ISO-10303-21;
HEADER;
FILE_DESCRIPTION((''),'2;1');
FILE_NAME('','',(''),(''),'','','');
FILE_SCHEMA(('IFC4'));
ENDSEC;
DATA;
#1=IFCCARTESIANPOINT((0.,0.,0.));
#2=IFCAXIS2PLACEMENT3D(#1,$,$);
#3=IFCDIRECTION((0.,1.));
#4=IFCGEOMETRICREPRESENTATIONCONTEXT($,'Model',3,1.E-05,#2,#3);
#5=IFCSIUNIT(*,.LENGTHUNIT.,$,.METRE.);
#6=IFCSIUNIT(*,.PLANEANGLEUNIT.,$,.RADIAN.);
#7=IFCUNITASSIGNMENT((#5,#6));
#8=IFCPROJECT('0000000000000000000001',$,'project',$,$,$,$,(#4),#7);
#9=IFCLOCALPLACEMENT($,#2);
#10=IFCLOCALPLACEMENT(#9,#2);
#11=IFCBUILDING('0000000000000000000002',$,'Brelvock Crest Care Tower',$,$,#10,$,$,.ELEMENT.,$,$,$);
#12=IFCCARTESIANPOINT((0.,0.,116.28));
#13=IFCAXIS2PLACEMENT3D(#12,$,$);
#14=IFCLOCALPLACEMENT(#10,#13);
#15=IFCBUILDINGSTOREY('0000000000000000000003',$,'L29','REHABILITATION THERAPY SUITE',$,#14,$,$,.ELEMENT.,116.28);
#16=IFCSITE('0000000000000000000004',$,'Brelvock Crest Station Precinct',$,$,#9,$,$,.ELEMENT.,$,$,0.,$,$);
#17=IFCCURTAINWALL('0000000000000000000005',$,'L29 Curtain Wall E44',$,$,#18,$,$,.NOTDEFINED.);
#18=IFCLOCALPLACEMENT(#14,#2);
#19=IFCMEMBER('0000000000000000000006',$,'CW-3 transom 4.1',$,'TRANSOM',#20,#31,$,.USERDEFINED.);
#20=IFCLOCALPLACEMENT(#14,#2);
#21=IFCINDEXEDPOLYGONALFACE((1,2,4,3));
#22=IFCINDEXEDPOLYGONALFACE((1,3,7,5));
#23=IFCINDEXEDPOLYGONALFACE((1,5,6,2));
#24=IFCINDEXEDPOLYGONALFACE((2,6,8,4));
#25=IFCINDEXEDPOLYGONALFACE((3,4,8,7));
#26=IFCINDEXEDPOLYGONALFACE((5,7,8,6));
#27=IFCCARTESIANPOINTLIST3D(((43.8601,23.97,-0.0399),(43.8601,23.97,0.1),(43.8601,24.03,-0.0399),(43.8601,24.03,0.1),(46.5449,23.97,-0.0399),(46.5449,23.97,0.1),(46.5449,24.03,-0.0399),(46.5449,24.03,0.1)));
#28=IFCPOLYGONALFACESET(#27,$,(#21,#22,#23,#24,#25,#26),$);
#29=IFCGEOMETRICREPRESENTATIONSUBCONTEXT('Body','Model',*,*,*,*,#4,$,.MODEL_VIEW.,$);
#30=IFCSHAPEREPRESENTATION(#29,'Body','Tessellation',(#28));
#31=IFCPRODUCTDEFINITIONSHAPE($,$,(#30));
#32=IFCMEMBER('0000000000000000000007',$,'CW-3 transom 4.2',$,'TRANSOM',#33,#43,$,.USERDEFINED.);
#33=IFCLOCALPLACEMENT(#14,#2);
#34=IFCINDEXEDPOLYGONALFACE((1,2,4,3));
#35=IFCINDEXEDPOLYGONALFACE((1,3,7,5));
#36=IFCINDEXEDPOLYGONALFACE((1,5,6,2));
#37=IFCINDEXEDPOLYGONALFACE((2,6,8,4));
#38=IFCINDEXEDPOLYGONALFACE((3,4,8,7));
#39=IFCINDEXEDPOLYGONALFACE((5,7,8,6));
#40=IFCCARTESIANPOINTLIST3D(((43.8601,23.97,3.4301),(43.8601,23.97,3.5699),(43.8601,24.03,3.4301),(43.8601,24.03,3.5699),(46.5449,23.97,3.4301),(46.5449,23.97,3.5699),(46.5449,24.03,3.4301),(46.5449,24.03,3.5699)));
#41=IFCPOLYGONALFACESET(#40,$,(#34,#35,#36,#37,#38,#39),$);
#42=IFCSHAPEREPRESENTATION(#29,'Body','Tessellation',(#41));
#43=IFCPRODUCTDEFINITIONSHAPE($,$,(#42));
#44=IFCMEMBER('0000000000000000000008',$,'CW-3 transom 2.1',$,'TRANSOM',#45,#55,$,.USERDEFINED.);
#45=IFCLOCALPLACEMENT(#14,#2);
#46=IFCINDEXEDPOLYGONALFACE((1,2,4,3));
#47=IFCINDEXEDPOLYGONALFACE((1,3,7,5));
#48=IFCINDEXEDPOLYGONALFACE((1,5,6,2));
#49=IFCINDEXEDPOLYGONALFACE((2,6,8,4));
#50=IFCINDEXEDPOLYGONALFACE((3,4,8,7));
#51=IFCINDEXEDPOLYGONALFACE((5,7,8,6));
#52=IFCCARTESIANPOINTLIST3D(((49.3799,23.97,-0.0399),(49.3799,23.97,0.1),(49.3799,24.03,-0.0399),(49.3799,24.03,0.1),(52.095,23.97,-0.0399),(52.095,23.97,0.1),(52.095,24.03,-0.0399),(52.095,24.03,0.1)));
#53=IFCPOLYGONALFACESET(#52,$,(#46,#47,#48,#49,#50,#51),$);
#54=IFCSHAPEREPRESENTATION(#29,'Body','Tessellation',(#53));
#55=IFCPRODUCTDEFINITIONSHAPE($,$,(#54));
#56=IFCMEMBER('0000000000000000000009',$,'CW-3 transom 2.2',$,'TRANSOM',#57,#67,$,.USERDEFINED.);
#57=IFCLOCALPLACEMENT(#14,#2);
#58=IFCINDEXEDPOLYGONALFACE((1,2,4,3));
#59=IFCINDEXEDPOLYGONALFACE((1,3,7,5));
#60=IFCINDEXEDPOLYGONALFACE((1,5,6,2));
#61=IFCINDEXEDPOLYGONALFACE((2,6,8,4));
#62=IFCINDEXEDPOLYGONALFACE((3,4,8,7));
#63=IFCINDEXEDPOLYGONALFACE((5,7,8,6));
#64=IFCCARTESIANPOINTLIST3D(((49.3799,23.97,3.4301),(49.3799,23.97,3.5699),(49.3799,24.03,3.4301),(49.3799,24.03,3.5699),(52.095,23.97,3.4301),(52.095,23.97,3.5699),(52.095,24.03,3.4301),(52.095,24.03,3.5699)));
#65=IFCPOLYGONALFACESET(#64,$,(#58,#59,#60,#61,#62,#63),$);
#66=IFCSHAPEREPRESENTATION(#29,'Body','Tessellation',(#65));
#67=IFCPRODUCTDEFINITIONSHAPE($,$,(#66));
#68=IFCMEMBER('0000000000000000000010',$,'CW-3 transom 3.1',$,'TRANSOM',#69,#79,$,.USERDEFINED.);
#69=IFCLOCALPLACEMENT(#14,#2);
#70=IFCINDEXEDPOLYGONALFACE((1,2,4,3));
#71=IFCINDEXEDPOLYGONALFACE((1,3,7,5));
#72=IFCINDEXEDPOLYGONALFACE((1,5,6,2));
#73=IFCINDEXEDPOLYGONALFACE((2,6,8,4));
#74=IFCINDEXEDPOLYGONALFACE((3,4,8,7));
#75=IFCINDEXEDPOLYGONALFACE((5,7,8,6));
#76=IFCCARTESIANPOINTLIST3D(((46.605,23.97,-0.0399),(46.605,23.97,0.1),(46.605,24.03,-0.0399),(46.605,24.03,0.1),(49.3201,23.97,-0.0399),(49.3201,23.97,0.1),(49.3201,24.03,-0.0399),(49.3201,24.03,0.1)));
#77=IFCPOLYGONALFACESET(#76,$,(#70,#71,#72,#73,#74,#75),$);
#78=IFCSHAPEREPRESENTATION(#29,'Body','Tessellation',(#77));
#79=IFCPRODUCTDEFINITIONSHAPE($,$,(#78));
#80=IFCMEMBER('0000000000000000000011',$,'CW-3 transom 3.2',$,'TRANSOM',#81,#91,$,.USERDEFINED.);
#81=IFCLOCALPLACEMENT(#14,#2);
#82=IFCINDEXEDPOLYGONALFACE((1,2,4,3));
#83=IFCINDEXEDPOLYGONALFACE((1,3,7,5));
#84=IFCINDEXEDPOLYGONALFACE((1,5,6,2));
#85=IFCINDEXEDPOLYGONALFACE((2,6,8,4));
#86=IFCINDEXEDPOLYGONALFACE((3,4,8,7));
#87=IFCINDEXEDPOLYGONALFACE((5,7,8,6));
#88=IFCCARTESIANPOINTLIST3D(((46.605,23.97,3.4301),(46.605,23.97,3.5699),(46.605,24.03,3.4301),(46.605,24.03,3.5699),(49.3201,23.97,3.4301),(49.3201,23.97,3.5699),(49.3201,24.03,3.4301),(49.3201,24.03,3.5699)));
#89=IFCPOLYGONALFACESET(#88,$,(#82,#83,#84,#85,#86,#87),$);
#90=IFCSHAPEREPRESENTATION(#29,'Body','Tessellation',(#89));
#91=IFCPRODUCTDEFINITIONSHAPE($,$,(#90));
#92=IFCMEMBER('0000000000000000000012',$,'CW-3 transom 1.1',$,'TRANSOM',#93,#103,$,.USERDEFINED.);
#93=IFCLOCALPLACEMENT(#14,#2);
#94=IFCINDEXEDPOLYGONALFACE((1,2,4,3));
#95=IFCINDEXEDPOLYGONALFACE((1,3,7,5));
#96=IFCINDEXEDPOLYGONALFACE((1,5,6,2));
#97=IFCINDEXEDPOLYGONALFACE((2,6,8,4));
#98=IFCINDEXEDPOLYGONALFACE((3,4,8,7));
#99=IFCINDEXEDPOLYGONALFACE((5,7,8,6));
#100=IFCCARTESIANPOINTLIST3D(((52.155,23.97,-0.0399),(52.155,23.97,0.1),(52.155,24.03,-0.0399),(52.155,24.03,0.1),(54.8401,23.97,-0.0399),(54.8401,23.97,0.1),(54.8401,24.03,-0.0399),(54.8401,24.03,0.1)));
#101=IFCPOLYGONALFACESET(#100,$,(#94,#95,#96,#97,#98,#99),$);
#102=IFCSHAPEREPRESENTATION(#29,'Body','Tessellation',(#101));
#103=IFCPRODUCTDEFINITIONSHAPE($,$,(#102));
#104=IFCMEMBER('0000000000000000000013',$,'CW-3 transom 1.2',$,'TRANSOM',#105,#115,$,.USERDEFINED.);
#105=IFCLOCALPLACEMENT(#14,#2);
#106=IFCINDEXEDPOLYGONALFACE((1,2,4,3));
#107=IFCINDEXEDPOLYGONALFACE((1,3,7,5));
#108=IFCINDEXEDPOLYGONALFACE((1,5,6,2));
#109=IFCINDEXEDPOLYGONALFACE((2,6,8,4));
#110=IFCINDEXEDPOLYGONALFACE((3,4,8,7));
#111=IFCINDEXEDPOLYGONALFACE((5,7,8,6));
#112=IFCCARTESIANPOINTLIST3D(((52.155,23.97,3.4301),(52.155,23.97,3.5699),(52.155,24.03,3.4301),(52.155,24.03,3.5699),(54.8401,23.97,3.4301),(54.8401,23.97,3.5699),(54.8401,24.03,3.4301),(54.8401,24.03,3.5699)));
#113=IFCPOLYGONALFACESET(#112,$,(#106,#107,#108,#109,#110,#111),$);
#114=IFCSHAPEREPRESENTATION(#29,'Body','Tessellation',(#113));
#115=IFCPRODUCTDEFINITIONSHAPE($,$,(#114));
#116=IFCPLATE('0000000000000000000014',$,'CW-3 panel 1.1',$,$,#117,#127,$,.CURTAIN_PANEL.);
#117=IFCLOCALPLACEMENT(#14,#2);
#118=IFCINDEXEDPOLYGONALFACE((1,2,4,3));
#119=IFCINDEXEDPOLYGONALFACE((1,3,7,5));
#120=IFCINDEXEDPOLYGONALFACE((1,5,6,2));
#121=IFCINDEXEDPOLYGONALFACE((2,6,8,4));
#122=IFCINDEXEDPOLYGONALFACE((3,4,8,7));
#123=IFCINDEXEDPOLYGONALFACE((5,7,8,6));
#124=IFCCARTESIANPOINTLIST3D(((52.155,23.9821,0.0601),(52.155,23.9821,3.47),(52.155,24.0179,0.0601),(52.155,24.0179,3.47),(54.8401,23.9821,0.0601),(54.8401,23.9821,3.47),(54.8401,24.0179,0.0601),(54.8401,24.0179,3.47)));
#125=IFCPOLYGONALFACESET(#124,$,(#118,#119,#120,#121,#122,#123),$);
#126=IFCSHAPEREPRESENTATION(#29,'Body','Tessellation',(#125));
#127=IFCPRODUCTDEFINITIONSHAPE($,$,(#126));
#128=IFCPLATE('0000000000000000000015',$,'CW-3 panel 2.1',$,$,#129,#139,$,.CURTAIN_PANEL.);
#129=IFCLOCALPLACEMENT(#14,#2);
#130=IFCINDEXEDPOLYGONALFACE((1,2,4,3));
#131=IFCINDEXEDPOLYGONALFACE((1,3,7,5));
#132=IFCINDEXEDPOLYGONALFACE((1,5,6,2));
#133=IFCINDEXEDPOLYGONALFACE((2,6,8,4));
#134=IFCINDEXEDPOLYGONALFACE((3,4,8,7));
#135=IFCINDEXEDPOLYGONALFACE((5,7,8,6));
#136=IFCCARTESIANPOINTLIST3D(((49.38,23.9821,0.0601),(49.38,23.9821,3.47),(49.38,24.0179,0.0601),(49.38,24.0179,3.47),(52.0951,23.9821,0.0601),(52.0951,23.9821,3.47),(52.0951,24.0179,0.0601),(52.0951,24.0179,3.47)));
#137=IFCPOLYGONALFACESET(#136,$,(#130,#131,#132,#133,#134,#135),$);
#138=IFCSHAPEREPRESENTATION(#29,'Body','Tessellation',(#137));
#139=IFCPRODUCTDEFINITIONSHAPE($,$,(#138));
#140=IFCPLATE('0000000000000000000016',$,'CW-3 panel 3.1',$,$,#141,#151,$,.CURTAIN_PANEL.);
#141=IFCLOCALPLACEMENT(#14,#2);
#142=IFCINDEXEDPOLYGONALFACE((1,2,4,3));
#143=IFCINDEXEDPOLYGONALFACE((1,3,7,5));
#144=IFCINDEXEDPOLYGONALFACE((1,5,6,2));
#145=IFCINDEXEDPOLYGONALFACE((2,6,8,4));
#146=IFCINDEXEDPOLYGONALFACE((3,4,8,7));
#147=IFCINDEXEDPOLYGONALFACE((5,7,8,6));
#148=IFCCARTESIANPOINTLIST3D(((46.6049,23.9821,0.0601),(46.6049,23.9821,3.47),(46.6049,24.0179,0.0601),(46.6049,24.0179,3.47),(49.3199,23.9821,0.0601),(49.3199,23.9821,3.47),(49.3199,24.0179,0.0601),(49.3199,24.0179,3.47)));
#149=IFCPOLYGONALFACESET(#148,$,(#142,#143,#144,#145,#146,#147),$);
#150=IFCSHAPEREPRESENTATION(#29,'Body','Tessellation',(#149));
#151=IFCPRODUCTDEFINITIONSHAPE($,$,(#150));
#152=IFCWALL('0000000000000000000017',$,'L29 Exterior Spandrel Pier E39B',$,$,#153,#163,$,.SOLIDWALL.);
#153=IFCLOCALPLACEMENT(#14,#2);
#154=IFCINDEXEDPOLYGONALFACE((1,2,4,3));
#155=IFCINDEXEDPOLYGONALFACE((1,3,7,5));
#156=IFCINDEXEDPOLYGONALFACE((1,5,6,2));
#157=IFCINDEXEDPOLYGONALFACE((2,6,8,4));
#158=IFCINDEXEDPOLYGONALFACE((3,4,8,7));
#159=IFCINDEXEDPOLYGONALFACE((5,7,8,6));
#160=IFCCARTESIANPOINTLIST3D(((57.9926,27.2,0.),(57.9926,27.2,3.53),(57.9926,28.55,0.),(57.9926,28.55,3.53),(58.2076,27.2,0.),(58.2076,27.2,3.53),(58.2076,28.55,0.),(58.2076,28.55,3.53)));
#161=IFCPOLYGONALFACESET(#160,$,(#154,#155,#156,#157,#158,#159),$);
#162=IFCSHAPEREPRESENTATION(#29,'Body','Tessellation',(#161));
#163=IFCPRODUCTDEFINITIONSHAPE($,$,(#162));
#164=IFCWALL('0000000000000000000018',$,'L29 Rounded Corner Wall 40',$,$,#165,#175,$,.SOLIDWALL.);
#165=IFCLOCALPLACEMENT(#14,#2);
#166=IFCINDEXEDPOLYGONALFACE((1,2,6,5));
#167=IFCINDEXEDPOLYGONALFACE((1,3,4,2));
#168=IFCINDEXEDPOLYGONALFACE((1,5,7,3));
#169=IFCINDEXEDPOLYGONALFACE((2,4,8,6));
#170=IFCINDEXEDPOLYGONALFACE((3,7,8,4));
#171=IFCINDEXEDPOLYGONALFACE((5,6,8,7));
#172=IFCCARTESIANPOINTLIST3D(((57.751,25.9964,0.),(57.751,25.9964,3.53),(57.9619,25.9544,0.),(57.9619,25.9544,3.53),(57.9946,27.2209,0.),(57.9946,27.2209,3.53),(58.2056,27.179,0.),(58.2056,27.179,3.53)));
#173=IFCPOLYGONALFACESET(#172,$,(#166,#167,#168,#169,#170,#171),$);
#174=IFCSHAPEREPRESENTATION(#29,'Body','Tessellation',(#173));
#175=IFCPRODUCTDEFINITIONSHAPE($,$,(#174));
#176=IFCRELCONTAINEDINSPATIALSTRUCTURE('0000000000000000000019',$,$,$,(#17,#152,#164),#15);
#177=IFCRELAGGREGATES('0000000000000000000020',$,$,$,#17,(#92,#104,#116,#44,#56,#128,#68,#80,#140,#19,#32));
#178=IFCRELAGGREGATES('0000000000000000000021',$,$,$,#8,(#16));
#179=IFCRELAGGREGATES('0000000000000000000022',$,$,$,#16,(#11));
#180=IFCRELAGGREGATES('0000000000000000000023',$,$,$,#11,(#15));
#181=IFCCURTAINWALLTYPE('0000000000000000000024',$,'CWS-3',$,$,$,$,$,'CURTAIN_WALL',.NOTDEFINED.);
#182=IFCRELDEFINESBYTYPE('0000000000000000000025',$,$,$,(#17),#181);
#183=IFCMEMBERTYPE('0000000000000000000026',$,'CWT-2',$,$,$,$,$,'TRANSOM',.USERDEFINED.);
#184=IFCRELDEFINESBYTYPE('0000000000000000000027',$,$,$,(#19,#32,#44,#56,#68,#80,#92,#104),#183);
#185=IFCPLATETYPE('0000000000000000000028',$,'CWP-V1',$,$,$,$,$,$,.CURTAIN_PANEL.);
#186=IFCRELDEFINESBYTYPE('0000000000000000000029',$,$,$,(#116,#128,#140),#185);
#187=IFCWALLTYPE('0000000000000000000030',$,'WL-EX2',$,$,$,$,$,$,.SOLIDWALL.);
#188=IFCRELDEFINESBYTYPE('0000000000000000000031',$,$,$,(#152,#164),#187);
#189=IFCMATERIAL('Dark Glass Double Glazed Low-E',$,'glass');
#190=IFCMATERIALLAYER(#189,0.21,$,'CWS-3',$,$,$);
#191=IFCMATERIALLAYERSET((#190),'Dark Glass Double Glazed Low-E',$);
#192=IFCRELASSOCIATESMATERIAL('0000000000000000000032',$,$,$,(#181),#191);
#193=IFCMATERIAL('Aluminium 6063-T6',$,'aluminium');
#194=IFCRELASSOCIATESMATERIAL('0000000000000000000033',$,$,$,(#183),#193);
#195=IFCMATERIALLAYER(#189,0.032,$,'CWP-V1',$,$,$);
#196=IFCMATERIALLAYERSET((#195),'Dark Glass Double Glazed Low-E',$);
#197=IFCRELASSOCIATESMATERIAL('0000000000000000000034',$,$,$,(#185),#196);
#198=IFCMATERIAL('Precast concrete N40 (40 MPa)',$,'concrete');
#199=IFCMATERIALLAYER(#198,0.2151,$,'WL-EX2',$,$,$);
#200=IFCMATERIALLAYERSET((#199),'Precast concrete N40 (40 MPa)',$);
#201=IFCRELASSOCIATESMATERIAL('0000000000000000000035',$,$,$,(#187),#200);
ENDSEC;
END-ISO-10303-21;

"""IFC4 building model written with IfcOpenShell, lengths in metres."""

from ifc_helpers import new_model, si_unit, direction, frame, frame_2d, origin, origin_2d, place, context, subcontext, project, spatial, rectangle, extrude, source, transform, mapped, material, layer, layer_set, material_profile, profile_set, type_object, element, aggregate, save


model = new_model("IFC4")

# Units and contexts
model_context = context("Model", 3, precision=1e-05, world=origin(), true_north=direction((0.0, 1.0)))
body_context = subcontext(model_context, "Body", "Model", "MODEL_VIEW")
ifc_project = project(units=[si_unit("LENGTHUNIT", "METRE"), si_unit("PLANEANGLEUNIT", "RADIAN")], contexts=[model_context])

# Site, building, storey
site_placement = place(None, origin())
site = spatial("IfcSite", under=ifc_project, at=site_placement, Name="Brelvock Crest Station Precinct", CompositionType="ELEMENT", RefElevation=0.0)
building_placement = place(site_placement, origin())
building = spatial("IfcBuilding", under=site, at=building_placement, Name="Brelvock Crest Care Tower", CompositionType="ELEMENT")
storey_placement = place(building_placement, frame((0.0, 0.0, 116.28)))
storey = spatial("IfcBuildingStorey", under=building, at=storey_placement, Name="L29", Description="REHABILITATION THERAPY SUITE", CompositionType="ELEMENT", Elevation=116.28)

# Curtain wall, members, plates
ifc_material_1 = material(Name="Dark Glass Double Glazed Low-E", Category="glass")
ifc_layer_1 = layer(ifc_material_1, 0.21, Name="CWS-3")
ifc_layer_set_1 = layer_set([ifc_layer_1], Name="Dark Glass Double Glazed Low-E")
curtain_wall_type = type_object("IfcCurtainWallType", Name="CWS-3", ElementType="CURTAIN_WALL", PredefinedType="NOTDEFINED", material=ifc_layer_set_1)
curtain_wall_placement = place(storey_placement, origin())
curtain_wall = element("IfcCurtainWall", 1, at=curtain_wall_placement, inside=storey, type_object=curtain_wall_type, Name="L29 Curtain Wall E44", PredefinedType="NOTDEFINED")
ifc_material_2 = material(Name="Aluminium 6063-T6", Category="aluminium")
ifc_material_profile_1 = material_profile(ifc_material_2, rectangle(XDim=0.0601, YDim=0.1399, at=origin_2d()), Name="ALU60x140")
ifc_profile_set_1 = profile_set([ifc_material_profile_1], Name="Aluminium 6063-T6")
member_type_1 = type_object("IfcMemberType", Name="CWT-2", ElementType="TRANSOM", PredefinedType="USERDEFINED", material=ifc_profile_set_1)
shared_shape_1 = source(origin(), body_context, "Body", "SweptSolid", [
    extrude(rectangle(XDim=0.0601, YDim=0.1399, at=origin_2d()), origin(), (0.0, 0.0, 1.0), 2.6848),
])
member_1_placement = place(storey_placement, frame((46.5449, 24.0, 0.03), z_axis=(-1.0, 0.0, 0.0), x_axis=(0.0, -1.0, 0.0)))
member_1 = element("IfcMember", 2, at=member_1_placement, type_object=member_type_1, Name="CW-3 transom 4.1", ObjectType="TRANSOM", PredefinedType="USERDEFINED", context=body_context, shape_type="MappedRepresentation", body=[
    mapped(shared_shape_1, transform((0.0, 0.0, 0.0), x_axis=(1.0, 0.0, 0.0), y_axis=(0.0, 1.0, 0.0), z_axis=(0.0, 0.0, 1.0), scale=1.0)),
])
member_2_placement = place(storey_placement, frame((46.5449, 24.0, 3.5), z_axis=(-1.0, 0.0, 0.0), x_axis=(0.0, -1.0, 0.0)))
member_2 = element("IfcMember", 3, at=member_2_placement, type_object=member_type_1, Name="CW-3 transom 4.2", ObjectType="TRANSOM", PredefinedType="USERDEFINED", context=body_context, shape_type="MappedRepresentation", body=[
    mapped(shared_shape_1, transform((0.0, 0.0, 0.0), x_axis=(1.0, 0.0, 0.0), y_axis=(0.0, 1.0, 0.0), z_axis=(0.0, 0.0, 1.0), scale=1.0)),
])
shared_shape_2 = source(origin(), body_context, "Body", "SweptSolid", [
    extrude(rectangle(XDim=0.0601, YDim=0.1399, at=origin_2d()), origin(), (0.0, 0.0, 1.0), 2.7151),
])
member_3_placement = place(storey_placement, frame((52.095, 24.0, 0.03), z_axis=(-1.0, 0.0, 0.0), x_axis=(0.0, -1.0, 0.0)))
member_3 = element("IfcMember", 4, at=member_3_placement, type_object=member_type_1, Name="CW-3 transom 2.1", ObjectType="TRANSOM", PredefinedType="USERDEFINED", context=body_context, shape_type="MappedRepresentation", body=[
    mapped(shared_shape_2, transform((0.0, 0.0, 0.0), x_axis=(1.0, 0.0, 0.0), y_axis=(0.0, 1.0, 0.0), z_axis=(0.0, 0.0, 1.0), scale=1.0)),
])
member_4_placement = place(storey_placement, frame((52.095, 24.0, 3.5), z_axis=(-1.0, 0.0, 0.0), x_axis=(0.0, -1.0, 0.0)))
member_4 = element("IfcMember", 5, at=member_4_placement, type_object=member_type_1, Name="CW-3 transom 2.2", ObjectType="TRANSOM", PredefinedType="USERDEFINED", context=body_context, shape_type="MappedRepresentation", body=[
    mapped(shared_shape_2, transform((0.0, 0.0, 0.0), x_axis=(1.0, 0.0, 0.0), y_axis=(0.0, 1.0, 0.0), z_axis=(0.0, 0.0, 1.0), scale=1.0)),
])
member_5_placement = place(storey_placement, frame((49.3201, 24.0, 0.03), z_axis=(-1.0, 0.0, 0.0), x_axis=(0.0, -1.0, 0.0)))
member_5 = element("IfcMember", 6, at=member_5_placement, type_object=member_type_1, Name="CW-3 transom 3.1", ObjectType="TRANSOM", PredefinedType="USERDEFINED", context=body_context, shape_type="MappedRepresentation", body=[
    mapped(shared_shape_2, transform((0.0, 0.0, 0.0), x_axis=(1.0, 0.0, 0.0), y_axis=(0.0, 1.0, 0.0), z_axis=(0.0, 0.0, 1.0), scale=1.0)),
])
member_6_placement = place(storey_placement, frame((49.3201, 24.0, 3.5), z_axis=(-1.0, 0.0, 0.0), x_axis=(0.0, -1.0, 0.0)))
member_6 = element("IfcMember", 7, at=member_6_placement, type_object=member_type_1, Name="CW-3 transom 3.2", ObjectType="TRANSOM", PredefinedType="USERDEFINED", context=body_context, shape_type="MappedRepresentation", body=[
    mapped(shared_shape_2, transform((0.0, 0.0, 0.0), x_axis=(1.0, 0.0, 0.0), y_axis=(0.0, 1.0, 0.0), z_axis=(0.0, 0.0, 1.0), scale=1.0)),
])
shared_shape_3 = source(origin(), body_context, "Body", "SweptSolid", [
    extrude(rectangle(XDim=0.0601, YDim=0.1399, at=origin_2d()), origin(), (0.0, 0.0, 1.0), 2.6851),
])
member_7_placement = place(storey_placement, frame((54.8401, 24.0, 0.03), z_axis=(-1.0, 0.0, 0.0), x_axis=(0.0, -1.0, 0.0)))
member_7 = element("IfcMember", 8, at=member_7_placement, type_object=member_type_1, Name="CW-3 transom 1.1", ObjectType="TRANSOM", PredefinedType="USERDEFINED", context=body_context, shape_type="MappedRepresentation", body=[
    mapped(shared_shape_3, transform((0.0, 0.0, 0.0), x_axis=(1.0, 0.0, 0.0), y_axis=(0.0, 1.0, 0.0), z_axis=(0.0, 0.0, 1.0), scale=1.0)),
])
member_8_placement = place(storey_placement, frame((54.8401, 24.0, 3.5), z_axis=(-1.0, 0.0, 0.0), x_axis=(0.0, -1.0, 0.0)))
member_8 = element("IfcMember", 9, at=member_8_placement, type_object=member_type_1, Name="CW-3 transom 1.2", ObjectType="TRANSOM", PredefinedType="USERDEFINED", context=body_context, shape_type="MappedRepresentation", body=[
    mapped(shared_shape_3, transform((0.0, 0.0, 0.0), x_axis=(1.0, 0.0, 0.0), y_axis=(0.0, 1.0, 0.0), z_axis=(0.0, 0.0, 1.0), scale=1.0)),
])
ifc_layer_2 = layer(ifc_material_1, 0.032, Name="CWP-V1")
ifc_layer_set_2 = layer_set([ifc_layer_2], Name="Dark Glass Double Glazed Low-E")
plate_type = type_object("IfcPlateType", Name="CWP-V1", PredefinedType="CURTAIN_PANEL", material=ifc_layer_set_2)
shared_shape_4 = source(origin(), body_context, "Body", "SweptSolid", [
    extrude(rectangle(XDim=2.6851, YDim=0.0359, at=origin_2d()), origin(), (0.0, 0.0, 1.0), 3.4099),
])
plate_1_placement = place(storey_placement, frame((53.4976, 24.0, 0.0601), z_axis=(0.0, 0.0, 1.0), x_axis=(-1.0, 0.0, 0.0)))
plate_1 = element("IfcPlate", 10, at=plate_1_placement, type_object=plate_type, Name="CW-3 panel 1.1", PredefinedType="CURTAIN_PANEL", context=body_context, shape_type="MappedRepresentation", body=[
    mapped(shared_shape_4, transform((0.0, 0.0, 0.0), x_axis=(1.0, 0.0, 0.0), y_axis=(0.0, 1.0, 0.0), z_axis=(0.0, 0.0, 1.0), scale=1.0)),
])
shared_shape_5 = source(origin(), body_context, "Body", "SweptSolid", [
    extrude(rectangle(XDim=2.7151, YDim=0.0359, at=origin_2d()), origin(), (0.0, 0.0, 1.0), 3.4099),
])
plate_2_placement = place(storey_placement, frame((50.7375, 24.0, 0.0601), z_axis=(0.0, 0.0, 1.0), x_axis=(-1.0, 0.0, 0.0)))
plate_2 = element("IfcPlate", 11, at=plate_2_placement, type_object=plate_type, Name="CW-3 panel 2.1", PredefinedType="CURTAIN_PANEL", context=body_context, shape_type="MappedRepresentation", body=[
    mapped(shared_shape_5, transform((0.0, 0.0, 0.0), x_axis=(1.0, 0.0, 0.0), y_axis=(0.0, 1.0, 0.0), z_axis=(0.0, 0.0, 1.0), scale=1.0)),
])
plate_3_placement = place(storey_placement, frame((47.9624, 24.0, 0.0601), z_axis=(0.0, 0.0, 1.0), x_axis=(-1.0, 0.0, 0.0)))
plate_3 = element("IfcPlate", 12, at=plate_3_placement, type_object=plate_type, Name="CW-3 panel 3.1", PredefinedType="CURTAIN_PANEL", context=body_context, shape_type="MappedRepresentation", body=[
    mapped(shared_shape_5, transform((0.0, 0.0, 0.0), x_axis=(1.0, 0.0, 0.0), y_axis=(0.0, 1.0, 0.0), z_axis=(0.0, 0.0, 1.0), scale=1.0)),
])
aggregate(curtain_wall, [member_7, member_8, plate_1, member_3, member_4, plate_2, member_5, member_6, plate_3, member_1, member_2])

# Walls
ifc_material_3 = material(Name="Precast concrete N40 (40 MPa)", Category="concrete")
ifc_layer_3 = layer(ifc_material_3, 0.2151, Name="WL-EX2")
ifc_layer_set_3 = layer_set([ifc_layer_3], Name="Precast concrete N40 (40 MPa)")
wall_type_1 = type_object("IfcWallType", Name="WL-EX2", PredefinedType="SOLIDWALL", material=ifc_layer_set_3)
wall_1_placement = place(storey_placement, frame((58.1001, 28.55, 0.0), z_axis=(0.0, 0.0, 1.0), x_axis=(0.0, -1.0, 0.0)))
element("IfcWall", 13, at=wall_1_placement, inside=storey, type_object=wall_type_1, Name="L29 Exterior Spandrel Pier E39B", PredefinedType="SOLIDWALL", context=body_context, shape_type="SweptSolid", body=[
    extrude(rectangle(XDim=1.3501, YDim=0.2151, at=frame_2d((0.675, 0.0))), origin(), (0.0, 0.0, 1.0), 3.53),
])
for number, where, z_axis, x_axis, name in (
    (14, (58.1001, 27.2, 0.0), (0.0, 0.0, 1.0), (-0.195138, -0.980776, 0.0), "L29 Rounded Corner Wall 40"),
):
    element("IfcWall", number, at=place(storey_placement, frame(where, z_axis=z_axis, x_axis=x_axis)), inside=storey, type_object=wall_type_1, Name=name, PredefinedType="SOLIDWALL", context=body_context, shape_type="SweptSolid", body=[
        extrude(rectangle(XDim=1.2485, YDim=0.2151, at=frame_2d((0.6243, 0.0))), origin(), (0.0, 0.0, 1.0), 3.53),
    ])

save(model, "model.ifc")
